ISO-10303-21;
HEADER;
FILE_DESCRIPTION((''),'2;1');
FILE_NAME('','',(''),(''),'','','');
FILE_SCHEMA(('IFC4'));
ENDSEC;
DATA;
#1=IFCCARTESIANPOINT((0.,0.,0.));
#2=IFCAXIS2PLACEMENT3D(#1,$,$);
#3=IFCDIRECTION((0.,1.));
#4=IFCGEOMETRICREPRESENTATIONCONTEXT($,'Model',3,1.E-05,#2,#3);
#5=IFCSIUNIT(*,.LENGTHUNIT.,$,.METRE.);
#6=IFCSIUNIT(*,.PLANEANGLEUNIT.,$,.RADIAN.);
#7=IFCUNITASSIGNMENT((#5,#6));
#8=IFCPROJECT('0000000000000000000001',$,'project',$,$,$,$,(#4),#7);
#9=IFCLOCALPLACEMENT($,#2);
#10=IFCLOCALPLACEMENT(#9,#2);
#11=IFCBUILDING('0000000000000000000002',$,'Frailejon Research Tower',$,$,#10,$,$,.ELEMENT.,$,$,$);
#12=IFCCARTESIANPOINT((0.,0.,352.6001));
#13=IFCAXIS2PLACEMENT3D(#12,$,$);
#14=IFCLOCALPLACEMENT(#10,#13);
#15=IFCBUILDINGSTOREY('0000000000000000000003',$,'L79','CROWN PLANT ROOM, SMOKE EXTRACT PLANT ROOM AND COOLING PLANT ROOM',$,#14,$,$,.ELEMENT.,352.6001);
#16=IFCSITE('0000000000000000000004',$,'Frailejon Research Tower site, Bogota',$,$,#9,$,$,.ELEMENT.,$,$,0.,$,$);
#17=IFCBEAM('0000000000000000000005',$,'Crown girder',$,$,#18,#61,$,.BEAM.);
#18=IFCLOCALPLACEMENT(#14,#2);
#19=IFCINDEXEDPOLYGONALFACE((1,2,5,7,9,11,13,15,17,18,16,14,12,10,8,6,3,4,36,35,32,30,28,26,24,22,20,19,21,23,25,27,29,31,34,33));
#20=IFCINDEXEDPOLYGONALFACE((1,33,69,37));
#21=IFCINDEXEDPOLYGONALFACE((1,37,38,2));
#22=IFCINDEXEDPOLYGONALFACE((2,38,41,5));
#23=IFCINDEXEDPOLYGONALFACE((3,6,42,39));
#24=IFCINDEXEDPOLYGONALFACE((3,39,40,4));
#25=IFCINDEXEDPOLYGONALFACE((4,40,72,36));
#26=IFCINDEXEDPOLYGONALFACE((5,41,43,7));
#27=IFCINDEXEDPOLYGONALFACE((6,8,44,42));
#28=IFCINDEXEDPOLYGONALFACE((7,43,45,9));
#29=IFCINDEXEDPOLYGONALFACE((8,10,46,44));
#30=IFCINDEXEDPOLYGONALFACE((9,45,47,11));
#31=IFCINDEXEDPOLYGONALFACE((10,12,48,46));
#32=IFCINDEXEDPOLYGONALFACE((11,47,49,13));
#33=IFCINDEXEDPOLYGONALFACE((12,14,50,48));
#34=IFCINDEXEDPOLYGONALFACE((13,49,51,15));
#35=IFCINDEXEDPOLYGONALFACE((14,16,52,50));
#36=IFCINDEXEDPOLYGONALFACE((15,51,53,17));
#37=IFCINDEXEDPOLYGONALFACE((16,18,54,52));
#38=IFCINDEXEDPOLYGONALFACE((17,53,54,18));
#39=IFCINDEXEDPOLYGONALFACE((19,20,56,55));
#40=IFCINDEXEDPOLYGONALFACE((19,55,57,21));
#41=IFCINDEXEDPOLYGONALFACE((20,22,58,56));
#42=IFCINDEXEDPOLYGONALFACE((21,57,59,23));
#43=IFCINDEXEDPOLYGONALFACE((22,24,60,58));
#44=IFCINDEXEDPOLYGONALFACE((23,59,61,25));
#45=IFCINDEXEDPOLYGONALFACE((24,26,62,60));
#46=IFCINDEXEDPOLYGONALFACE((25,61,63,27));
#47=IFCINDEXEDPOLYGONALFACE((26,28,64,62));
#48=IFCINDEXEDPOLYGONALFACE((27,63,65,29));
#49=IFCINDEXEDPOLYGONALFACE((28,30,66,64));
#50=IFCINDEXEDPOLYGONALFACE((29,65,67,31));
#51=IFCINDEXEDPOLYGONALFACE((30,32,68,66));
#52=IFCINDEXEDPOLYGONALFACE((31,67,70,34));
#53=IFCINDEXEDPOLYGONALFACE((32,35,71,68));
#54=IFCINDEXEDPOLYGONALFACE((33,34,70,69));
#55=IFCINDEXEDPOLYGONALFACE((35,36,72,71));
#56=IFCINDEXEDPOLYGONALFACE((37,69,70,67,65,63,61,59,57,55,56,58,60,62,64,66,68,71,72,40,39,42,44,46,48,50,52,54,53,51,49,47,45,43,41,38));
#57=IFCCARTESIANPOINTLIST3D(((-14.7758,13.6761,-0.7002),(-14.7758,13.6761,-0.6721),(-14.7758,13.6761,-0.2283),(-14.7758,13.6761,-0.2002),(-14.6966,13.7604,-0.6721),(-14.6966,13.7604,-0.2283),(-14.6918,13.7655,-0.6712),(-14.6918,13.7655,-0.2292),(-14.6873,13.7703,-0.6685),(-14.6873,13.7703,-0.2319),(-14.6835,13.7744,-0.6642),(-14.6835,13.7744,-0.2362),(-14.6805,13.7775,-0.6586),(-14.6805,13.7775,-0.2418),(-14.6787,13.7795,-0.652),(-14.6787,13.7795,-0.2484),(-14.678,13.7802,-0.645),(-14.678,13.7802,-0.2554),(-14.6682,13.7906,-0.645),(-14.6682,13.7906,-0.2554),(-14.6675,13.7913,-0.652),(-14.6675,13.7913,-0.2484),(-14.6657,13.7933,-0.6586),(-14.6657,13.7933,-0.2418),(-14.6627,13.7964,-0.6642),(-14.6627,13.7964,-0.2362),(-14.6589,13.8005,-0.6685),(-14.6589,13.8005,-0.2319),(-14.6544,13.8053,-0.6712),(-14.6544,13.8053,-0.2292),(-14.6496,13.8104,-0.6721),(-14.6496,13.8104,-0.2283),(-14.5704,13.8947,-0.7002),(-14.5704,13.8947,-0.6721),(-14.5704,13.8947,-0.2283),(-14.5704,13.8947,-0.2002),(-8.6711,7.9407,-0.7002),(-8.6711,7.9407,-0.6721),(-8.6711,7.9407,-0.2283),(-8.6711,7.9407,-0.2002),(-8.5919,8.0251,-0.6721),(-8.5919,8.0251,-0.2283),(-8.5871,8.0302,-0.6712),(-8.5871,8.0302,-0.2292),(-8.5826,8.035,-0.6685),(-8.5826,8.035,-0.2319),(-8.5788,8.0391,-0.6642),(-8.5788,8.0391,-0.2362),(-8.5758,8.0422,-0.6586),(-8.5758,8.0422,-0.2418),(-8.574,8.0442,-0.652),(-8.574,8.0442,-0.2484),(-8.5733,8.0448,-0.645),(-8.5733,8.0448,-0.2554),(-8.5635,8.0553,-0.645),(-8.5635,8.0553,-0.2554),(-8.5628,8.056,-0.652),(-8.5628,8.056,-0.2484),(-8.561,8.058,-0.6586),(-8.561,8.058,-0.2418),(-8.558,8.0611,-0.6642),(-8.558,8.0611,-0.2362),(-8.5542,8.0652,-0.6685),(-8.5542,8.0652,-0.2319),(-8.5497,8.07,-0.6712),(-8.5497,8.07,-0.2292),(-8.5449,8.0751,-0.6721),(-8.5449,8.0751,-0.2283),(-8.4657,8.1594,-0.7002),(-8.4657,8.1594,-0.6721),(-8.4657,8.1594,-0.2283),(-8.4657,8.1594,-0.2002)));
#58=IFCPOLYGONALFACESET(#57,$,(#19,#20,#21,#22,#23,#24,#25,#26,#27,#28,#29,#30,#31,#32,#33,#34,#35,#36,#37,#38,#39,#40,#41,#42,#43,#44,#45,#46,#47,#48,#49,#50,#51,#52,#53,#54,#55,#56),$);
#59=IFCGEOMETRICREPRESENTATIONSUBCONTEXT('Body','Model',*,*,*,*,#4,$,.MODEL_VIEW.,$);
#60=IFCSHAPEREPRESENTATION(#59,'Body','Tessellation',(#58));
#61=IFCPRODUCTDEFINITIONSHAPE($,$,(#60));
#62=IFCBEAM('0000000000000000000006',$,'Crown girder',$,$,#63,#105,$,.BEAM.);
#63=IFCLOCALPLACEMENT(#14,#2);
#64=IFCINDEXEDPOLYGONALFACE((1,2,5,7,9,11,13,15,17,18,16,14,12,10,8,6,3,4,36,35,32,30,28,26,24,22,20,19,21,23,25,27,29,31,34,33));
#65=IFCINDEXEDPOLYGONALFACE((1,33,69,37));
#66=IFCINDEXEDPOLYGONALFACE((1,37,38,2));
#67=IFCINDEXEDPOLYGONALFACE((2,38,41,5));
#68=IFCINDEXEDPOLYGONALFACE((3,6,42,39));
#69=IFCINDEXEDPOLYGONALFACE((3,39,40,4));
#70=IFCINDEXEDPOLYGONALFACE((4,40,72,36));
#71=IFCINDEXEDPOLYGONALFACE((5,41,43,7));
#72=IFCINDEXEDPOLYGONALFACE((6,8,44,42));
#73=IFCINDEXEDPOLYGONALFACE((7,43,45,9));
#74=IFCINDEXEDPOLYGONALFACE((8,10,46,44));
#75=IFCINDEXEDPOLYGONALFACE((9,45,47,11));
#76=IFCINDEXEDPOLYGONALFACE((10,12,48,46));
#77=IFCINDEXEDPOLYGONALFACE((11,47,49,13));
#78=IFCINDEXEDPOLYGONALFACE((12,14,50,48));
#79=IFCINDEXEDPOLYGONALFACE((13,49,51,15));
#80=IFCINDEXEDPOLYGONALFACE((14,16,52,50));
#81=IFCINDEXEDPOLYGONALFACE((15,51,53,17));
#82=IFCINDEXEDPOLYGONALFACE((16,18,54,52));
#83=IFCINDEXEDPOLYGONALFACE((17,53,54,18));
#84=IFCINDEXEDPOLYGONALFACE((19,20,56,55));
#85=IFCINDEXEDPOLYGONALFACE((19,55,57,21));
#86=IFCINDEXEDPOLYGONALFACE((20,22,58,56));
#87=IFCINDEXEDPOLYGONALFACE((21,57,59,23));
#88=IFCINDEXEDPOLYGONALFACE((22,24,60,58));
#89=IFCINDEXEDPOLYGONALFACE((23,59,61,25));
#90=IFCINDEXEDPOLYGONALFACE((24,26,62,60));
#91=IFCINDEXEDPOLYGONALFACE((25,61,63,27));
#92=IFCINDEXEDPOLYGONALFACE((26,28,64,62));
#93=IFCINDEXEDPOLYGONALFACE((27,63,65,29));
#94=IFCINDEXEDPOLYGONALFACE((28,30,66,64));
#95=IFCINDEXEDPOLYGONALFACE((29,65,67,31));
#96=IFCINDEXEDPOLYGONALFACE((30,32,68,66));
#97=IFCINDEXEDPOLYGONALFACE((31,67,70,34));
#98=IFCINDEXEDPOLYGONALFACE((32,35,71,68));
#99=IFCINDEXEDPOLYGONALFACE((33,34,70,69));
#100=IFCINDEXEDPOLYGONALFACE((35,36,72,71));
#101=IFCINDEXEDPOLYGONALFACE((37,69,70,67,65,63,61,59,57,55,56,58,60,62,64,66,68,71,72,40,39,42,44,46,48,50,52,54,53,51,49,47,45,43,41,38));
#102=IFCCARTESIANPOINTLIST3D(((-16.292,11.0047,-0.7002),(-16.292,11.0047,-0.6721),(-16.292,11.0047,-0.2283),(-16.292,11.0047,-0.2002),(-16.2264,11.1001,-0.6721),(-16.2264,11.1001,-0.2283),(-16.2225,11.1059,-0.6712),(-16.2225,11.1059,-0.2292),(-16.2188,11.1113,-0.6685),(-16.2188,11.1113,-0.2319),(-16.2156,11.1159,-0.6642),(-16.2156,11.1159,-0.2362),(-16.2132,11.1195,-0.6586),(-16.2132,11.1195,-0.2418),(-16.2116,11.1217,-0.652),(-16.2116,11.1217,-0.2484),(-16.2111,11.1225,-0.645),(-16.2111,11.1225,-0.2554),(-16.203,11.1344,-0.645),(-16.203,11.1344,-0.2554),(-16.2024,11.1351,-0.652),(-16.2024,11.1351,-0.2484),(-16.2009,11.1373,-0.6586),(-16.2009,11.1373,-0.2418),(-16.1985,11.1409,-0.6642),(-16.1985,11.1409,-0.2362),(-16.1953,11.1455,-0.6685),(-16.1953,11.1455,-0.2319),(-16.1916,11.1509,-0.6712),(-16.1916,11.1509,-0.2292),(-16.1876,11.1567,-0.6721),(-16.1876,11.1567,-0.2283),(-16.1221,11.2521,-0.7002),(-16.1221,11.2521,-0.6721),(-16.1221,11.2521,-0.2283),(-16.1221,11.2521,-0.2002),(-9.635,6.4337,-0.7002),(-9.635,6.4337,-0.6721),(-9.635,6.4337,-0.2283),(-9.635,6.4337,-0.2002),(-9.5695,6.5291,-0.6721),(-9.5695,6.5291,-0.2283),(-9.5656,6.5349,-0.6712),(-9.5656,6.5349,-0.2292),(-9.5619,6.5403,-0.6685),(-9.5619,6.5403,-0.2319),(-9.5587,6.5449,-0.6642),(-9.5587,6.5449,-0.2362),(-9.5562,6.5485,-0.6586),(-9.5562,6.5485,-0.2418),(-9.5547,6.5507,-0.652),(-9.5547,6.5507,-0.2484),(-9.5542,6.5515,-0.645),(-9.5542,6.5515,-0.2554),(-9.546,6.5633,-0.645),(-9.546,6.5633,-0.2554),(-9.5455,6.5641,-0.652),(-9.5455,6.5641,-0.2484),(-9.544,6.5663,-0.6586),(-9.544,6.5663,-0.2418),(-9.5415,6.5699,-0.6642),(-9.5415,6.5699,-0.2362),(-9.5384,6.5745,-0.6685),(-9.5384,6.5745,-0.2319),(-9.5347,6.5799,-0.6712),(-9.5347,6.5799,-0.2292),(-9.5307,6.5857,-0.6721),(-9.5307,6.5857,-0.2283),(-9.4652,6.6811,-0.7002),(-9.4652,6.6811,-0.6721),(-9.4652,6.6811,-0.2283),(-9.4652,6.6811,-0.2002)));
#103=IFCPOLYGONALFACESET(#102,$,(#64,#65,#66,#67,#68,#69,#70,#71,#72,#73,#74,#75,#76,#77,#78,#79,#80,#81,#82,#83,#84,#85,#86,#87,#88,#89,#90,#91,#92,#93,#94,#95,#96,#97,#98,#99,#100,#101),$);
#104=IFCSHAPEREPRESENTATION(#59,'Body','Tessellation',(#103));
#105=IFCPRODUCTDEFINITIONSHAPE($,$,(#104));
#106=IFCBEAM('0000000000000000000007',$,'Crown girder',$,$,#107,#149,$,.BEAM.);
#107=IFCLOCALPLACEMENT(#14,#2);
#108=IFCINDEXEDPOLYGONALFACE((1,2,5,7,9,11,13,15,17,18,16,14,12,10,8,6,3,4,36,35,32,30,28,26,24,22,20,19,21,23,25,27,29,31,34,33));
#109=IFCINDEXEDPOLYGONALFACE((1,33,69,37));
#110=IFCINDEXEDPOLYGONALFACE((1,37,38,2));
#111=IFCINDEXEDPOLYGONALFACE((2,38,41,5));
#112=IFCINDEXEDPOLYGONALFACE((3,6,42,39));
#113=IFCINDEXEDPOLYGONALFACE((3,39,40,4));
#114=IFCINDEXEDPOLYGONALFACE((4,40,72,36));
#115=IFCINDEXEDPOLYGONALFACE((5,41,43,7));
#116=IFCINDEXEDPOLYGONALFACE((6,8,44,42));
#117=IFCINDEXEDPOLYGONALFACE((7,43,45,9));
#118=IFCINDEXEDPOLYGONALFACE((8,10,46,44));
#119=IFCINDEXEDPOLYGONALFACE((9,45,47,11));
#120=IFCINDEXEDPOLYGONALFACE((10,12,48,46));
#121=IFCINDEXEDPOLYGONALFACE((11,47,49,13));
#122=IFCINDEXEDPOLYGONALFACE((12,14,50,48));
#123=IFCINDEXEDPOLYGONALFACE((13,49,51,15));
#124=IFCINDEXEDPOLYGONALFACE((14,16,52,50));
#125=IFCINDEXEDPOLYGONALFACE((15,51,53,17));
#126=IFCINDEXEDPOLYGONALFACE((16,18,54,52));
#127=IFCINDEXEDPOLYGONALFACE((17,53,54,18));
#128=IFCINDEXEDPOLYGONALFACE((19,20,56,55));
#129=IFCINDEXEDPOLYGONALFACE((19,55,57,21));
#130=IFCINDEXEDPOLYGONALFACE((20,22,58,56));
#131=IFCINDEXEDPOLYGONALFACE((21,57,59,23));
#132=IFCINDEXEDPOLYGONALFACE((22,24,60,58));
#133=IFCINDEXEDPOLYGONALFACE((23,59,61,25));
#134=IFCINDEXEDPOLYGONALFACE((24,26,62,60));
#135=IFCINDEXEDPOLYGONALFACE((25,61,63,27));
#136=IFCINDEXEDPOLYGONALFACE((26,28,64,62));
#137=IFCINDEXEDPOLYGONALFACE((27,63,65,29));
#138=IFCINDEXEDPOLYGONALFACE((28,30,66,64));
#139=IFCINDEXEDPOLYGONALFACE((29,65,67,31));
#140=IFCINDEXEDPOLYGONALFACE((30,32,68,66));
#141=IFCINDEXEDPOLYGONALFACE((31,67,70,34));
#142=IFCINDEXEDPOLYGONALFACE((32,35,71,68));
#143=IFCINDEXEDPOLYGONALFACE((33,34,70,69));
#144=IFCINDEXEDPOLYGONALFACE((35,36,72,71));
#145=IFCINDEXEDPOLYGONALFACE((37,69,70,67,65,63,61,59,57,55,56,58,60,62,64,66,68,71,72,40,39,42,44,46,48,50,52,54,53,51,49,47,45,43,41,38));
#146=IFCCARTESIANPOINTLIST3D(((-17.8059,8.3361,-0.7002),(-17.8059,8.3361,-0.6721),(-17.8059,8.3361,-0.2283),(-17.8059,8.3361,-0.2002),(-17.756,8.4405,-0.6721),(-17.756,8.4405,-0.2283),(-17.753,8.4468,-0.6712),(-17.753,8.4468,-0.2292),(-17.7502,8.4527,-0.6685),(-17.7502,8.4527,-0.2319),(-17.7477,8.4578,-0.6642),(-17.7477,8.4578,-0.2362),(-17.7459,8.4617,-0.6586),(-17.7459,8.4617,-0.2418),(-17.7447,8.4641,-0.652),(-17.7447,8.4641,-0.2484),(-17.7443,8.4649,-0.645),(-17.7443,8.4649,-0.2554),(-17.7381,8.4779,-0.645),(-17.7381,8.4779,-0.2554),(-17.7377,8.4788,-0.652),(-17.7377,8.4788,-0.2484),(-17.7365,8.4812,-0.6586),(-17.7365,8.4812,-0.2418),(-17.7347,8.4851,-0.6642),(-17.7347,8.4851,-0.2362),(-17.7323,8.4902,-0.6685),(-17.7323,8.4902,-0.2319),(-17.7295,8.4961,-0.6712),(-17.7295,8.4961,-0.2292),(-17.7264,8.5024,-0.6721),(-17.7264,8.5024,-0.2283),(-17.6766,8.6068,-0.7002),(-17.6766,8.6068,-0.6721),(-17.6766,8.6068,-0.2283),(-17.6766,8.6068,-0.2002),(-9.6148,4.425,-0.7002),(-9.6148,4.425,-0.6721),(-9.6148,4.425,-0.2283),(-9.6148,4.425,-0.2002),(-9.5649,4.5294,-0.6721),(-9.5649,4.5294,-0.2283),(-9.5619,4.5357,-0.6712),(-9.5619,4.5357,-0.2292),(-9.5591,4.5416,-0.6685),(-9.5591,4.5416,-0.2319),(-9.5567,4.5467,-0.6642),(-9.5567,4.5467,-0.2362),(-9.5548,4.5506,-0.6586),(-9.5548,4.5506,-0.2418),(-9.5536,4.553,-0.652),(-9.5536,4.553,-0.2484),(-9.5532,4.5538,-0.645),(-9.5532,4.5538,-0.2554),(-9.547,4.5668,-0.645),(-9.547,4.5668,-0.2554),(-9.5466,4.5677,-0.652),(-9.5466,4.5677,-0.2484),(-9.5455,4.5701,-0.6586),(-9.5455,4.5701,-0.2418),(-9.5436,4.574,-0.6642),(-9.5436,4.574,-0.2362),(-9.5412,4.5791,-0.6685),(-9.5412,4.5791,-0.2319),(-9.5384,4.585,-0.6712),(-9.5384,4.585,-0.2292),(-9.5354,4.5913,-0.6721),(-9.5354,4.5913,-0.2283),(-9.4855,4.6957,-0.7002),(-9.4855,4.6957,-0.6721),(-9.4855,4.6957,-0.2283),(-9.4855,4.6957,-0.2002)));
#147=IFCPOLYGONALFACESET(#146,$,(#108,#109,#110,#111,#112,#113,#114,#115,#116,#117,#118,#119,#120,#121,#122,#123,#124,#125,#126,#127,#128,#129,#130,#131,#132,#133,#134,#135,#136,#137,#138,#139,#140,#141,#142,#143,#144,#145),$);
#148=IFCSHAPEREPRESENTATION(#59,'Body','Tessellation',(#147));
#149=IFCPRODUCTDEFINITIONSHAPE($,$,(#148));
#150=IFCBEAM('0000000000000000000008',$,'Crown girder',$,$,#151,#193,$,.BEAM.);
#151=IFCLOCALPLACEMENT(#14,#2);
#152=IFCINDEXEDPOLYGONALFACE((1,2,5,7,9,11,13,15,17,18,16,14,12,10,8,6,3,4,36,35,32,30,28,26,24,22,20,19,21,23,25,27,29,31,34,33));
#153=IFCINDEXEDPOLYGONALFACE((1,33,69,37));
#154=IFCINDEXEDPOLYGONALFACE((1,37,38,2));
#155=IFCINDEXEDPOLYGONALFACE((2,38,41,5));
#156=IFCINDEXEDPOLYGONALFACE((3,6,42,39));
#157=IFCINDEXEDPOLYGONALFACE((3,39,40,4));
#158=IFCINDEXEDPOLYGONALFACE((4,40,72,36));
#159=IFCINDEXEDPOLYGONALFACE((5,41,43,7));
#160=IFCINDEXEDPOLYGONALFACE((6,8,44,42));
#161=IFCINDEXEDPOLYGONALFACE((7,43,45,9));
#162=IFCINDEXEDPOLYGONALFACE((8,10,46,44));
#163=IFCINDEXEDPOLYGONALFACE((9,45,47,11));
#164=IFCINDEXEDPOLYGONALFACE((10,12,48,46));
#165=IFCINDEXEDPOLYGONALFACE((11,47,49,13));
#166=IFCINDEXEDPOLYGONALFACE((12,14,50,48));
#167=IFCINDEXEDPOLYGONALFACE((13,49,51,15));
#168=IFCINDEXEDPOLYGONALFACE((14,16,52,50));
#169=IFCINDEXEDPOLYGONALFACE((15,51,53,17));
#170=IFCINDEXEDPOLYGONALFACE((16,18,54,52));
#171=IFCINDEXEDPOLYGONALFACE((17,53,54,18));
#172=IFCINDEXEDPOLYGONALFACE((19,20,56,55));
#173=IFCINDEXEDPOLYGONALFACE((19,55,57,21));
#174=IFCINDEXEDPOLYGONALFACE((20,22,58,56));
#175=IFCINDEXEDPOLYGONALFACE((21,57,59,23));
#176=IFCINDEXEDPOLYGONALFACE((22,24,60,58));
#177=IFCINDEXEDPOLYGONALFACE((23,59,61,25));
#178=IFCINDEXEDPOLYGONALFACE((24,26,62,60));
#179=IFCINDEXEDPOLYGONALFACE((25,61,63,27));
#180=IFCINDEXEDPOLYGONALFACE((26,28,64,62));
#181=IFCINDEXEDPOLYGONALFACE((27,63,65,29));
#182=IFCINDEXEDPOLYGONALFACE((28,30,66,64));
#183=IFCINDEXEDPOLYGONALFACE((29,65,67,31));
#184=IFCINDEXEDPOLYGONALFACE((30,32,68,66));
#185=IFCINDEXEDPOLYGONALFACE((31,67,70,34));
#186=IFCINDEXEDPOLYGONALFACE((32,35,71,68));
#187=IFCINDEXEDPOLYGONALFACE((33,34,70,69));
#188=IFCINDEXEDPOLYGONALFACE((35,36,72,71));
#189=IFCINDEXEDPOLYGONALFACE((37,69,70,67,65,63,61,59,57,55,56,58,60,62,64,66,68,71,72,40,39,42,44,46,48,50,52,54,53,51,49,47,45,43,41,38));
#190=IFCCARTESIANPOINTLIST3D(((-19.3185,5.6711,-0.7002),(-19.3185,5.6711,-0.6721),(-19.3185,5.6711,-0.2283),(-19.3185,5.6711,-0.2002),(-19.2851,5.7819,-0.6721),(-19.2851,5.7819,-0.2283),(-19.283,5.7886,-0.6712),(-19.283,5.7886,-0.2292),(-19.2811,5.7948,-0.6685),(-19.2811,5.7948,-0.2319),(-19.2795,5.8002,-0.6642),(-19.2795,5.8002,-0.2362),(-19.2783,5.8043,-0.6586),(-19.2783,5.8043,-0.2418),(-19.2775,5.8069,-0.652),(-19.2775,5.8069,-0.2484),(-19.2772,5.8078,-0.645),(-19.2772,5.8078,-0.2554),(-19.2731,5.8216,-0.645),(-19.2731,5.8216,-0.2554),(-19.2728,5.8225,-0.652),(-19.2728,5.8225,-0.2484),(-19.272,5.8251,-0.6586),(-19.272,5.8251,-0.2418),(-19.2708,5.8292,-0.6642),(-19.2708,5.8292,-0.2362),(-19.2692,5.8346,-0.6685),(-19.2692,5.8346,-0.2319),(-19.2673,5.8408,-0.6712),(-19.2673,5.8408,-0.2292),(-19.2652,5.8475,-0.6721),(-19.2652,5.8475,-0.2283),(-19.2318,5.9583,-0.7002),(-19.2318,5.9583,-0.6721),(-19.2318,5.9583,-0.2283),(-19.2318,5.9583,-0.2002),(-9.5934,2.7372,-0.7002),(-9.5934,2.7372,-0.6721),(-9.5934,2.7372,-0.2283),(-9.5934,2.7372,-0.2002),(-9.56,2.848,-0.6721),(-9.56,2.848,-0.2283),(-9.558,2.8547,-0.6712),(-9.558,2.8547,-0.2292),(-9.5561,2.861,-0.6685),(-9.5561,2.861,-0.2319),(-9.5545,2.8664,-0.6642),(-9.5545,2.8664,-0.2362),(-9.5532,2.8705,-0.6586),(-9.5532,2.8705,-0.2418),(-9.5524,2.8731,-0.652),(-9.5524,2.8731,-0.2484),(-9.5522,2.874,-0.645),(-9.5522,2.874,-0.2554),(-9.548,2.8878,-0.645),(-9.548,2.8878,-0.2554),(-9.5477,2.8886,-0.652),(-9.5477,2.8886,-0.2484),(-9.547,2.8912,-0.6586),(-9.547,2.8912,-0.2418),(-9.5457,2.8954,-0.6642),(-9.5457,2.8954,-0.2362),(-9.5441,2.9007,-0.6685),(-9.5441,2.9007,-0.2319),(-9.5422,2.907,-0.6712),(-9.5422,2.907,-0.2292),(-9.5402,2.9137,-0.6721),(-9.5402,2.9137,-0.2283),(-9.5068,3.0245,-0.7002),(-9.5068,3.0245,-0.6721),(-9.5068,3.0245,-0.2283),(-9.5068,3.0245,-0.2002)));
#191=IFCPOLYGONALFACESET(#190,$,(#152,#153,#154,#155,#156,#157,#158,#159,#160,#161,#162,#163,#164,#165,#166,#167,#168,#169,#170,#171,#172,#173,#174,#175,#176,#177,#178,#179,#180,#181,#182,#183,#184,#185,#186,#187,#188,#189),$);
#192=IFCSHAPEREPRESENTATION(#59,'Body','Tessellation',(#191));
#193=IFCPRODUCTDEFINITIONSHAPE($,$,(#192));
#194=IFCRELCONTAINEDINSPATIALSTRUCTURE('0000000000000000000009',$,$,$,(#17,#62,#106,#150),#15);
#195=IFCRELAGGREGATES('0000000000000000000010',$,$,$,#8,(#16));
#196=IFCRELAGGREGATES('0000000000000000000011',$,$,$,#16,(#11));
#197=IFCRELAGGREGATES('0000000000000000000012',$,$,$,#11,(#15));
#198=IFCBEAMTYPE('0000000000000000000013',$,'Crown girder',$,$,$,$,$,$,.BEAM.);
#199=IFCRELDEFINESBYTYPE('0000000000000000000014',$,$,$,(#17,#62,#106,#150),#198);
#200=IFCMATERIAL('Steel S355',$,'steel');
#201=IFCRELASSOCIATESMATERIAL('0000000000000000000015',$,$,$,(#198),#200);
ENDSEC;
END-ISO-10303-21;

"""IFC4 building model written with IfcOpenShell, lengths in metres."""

from ifc_helpers import new_model, si_unit, direction, frame, origin, origin_2d, place, context, subcontext, project, spatial, i_section, extrude, material, material_profile, profile_set, type_object, element, save


model = new_model("IFC4")

# Units and contexts
model_context = context("Model", 3, precision=1e-05, world=origin(), true_north=direction((0.0, 1.0)))
body_context = subcontext(model_context, "Body", "Model", "MODEL_VIEW")
ifc_project = project(units=[si_unit("LENGTHUNIT", "METRE"), si_unit("PLANEANGLEUNIT", "RADIAN")], contexts=[model_context])

# Site, building, storey
site_placement = place(None, origin())
site = spatial("IfcSite", under=ifc_project, at=site_placement, Name="Frailejon Research Tower site, Bogota", CompositionType="ELEMENT", RefElevation=0.0)
building_placement = place(site_placement, origin())
building = spatial("IfcBuilding", under=site, at=building_placement, Name="Frailejon Research Tower", CompositionType="ELEMENT")
storey_placement = place(building_placement, frame((0.0, 0.0, 352.6001)))
storey = spatial("IfcBuildingStorey", under=building, at=storey_placement, Name="L79", Description="CROWN PLANT ROOM, SMOKE EXTRACT PLANT ROOM AND COOLING PLANT ROOM", CompositionType="ELEMENT", Elevation=352.6001)

# Beams
ifc_material_1 = material(Name="Steel S355", Category="steel")
ifc_material_profile_1 = material_profile(ifc_material_1, i_section(OverallWidth=0.3, OverallDepth=0.5, WebThickness=0.0144, FlangeThickness=0.0281, FilletRadius=0.0271, at=origin_2d()), Name="HE 500 B")
ifc_profile_set_1 = profile_set([ifc_material_profile_1], Name="Steel S355")
beam_type_1 = type_object("IfcBeamType", Name="Crown girder", PredefinedType="BEAM", material=ifc_profile_set_1)
beam_1_placement = place(storey_placement, frame((-14.6731, 13.7854, -0.4502), z_axis=(0.728812, -0.684713, 0.0), x_axis=(0.684713, 0.728812, 0.0)))
element("IfcBeam", 1, at=beam_1_placement, inside=storey, type_object=beam_type_1, Name="Crown girder", PredefinedType="BEAM", context=body_context, shape_type="SweptSolid", body=[
    extrude(i_section(OverallWidth=0.3, OverallDepth=0.5, WebThickness=0.0144, FlangeThickness=0.0281, FilletRadius=0.0271, at=origin_2d()), origin(), (0.0, 0.0, 1.0), 8.3762),
])
beam_2_placement = place(storey_placement, frame((-16.207, 11.1284, -0.4502), z_axis=(0.824367, -0.566055, 0.0), x_axis=(0.566055, 0.824367, 0.0)))
element("IfcBeam", 2, at=beam_2_placement, inside=storey, type_object=beam_type_1, Name="Crown girder", PredefinedType="BEAM", context=body_context, shape_type="SweptSolid", body=[
    extrude(i_section(OverallWidth=0.3, OverallDepth=0.5, WebThickness=0.0144, FlangeThickness=0.0281, FilletRadius=0.0271, at=origin_2d()), origin(), (0.0, 0.0, 1.0), 8.0752),
])
beam_3_placement = place(storey_placement, frame((-17.7412, 8.4714, -0.4502), z_axis=(0.902408, -0.430883, 0.0), x_axis=(0.430883, 0.902408, 0.0)))
element("IfcBeam", 3, at=beam_3_placement, inside=storey, type_object=beam_type_1, Name="Crown girder", PredefinedType="BEAM", context=body_context, shape_type="SweptSolid", body=[
    extrude(i_section(OverallWidth=0.3, OverallDepth=0.5, WebThickness=0.0144, FlangeThickness=0.0281, FilletRadius=0.0271, at=origin_2d()), origin(), (0.0, 0.0, 1.0), 9.0769),
])
beam_4_placement = place(storey_placement, frame((-19.2751, 5.8147, -0.4502), z_axis=(0.957383, -0.28882, 0.0), x_axis=(0.28882, 0.957383, 0.0)))
element("IfcBeam", 4, at=beam_4_placement, inside=storey, type_object=beam_type_1, Name="Crown girder", PredefinedType="BEAM", context=body_context, shape_type="SweptSolid", body=[
    extrude(i_section(OverallWidth=0.3, OverallDepth=0.5, WebThickness=0.0144, FlangeThickness=0.0281, FilletRadius=0.0271, at=origin_2d()), origin(), (0.0, 0.0, 1.0), 10.158),
])

save(model, "model.ifc")
